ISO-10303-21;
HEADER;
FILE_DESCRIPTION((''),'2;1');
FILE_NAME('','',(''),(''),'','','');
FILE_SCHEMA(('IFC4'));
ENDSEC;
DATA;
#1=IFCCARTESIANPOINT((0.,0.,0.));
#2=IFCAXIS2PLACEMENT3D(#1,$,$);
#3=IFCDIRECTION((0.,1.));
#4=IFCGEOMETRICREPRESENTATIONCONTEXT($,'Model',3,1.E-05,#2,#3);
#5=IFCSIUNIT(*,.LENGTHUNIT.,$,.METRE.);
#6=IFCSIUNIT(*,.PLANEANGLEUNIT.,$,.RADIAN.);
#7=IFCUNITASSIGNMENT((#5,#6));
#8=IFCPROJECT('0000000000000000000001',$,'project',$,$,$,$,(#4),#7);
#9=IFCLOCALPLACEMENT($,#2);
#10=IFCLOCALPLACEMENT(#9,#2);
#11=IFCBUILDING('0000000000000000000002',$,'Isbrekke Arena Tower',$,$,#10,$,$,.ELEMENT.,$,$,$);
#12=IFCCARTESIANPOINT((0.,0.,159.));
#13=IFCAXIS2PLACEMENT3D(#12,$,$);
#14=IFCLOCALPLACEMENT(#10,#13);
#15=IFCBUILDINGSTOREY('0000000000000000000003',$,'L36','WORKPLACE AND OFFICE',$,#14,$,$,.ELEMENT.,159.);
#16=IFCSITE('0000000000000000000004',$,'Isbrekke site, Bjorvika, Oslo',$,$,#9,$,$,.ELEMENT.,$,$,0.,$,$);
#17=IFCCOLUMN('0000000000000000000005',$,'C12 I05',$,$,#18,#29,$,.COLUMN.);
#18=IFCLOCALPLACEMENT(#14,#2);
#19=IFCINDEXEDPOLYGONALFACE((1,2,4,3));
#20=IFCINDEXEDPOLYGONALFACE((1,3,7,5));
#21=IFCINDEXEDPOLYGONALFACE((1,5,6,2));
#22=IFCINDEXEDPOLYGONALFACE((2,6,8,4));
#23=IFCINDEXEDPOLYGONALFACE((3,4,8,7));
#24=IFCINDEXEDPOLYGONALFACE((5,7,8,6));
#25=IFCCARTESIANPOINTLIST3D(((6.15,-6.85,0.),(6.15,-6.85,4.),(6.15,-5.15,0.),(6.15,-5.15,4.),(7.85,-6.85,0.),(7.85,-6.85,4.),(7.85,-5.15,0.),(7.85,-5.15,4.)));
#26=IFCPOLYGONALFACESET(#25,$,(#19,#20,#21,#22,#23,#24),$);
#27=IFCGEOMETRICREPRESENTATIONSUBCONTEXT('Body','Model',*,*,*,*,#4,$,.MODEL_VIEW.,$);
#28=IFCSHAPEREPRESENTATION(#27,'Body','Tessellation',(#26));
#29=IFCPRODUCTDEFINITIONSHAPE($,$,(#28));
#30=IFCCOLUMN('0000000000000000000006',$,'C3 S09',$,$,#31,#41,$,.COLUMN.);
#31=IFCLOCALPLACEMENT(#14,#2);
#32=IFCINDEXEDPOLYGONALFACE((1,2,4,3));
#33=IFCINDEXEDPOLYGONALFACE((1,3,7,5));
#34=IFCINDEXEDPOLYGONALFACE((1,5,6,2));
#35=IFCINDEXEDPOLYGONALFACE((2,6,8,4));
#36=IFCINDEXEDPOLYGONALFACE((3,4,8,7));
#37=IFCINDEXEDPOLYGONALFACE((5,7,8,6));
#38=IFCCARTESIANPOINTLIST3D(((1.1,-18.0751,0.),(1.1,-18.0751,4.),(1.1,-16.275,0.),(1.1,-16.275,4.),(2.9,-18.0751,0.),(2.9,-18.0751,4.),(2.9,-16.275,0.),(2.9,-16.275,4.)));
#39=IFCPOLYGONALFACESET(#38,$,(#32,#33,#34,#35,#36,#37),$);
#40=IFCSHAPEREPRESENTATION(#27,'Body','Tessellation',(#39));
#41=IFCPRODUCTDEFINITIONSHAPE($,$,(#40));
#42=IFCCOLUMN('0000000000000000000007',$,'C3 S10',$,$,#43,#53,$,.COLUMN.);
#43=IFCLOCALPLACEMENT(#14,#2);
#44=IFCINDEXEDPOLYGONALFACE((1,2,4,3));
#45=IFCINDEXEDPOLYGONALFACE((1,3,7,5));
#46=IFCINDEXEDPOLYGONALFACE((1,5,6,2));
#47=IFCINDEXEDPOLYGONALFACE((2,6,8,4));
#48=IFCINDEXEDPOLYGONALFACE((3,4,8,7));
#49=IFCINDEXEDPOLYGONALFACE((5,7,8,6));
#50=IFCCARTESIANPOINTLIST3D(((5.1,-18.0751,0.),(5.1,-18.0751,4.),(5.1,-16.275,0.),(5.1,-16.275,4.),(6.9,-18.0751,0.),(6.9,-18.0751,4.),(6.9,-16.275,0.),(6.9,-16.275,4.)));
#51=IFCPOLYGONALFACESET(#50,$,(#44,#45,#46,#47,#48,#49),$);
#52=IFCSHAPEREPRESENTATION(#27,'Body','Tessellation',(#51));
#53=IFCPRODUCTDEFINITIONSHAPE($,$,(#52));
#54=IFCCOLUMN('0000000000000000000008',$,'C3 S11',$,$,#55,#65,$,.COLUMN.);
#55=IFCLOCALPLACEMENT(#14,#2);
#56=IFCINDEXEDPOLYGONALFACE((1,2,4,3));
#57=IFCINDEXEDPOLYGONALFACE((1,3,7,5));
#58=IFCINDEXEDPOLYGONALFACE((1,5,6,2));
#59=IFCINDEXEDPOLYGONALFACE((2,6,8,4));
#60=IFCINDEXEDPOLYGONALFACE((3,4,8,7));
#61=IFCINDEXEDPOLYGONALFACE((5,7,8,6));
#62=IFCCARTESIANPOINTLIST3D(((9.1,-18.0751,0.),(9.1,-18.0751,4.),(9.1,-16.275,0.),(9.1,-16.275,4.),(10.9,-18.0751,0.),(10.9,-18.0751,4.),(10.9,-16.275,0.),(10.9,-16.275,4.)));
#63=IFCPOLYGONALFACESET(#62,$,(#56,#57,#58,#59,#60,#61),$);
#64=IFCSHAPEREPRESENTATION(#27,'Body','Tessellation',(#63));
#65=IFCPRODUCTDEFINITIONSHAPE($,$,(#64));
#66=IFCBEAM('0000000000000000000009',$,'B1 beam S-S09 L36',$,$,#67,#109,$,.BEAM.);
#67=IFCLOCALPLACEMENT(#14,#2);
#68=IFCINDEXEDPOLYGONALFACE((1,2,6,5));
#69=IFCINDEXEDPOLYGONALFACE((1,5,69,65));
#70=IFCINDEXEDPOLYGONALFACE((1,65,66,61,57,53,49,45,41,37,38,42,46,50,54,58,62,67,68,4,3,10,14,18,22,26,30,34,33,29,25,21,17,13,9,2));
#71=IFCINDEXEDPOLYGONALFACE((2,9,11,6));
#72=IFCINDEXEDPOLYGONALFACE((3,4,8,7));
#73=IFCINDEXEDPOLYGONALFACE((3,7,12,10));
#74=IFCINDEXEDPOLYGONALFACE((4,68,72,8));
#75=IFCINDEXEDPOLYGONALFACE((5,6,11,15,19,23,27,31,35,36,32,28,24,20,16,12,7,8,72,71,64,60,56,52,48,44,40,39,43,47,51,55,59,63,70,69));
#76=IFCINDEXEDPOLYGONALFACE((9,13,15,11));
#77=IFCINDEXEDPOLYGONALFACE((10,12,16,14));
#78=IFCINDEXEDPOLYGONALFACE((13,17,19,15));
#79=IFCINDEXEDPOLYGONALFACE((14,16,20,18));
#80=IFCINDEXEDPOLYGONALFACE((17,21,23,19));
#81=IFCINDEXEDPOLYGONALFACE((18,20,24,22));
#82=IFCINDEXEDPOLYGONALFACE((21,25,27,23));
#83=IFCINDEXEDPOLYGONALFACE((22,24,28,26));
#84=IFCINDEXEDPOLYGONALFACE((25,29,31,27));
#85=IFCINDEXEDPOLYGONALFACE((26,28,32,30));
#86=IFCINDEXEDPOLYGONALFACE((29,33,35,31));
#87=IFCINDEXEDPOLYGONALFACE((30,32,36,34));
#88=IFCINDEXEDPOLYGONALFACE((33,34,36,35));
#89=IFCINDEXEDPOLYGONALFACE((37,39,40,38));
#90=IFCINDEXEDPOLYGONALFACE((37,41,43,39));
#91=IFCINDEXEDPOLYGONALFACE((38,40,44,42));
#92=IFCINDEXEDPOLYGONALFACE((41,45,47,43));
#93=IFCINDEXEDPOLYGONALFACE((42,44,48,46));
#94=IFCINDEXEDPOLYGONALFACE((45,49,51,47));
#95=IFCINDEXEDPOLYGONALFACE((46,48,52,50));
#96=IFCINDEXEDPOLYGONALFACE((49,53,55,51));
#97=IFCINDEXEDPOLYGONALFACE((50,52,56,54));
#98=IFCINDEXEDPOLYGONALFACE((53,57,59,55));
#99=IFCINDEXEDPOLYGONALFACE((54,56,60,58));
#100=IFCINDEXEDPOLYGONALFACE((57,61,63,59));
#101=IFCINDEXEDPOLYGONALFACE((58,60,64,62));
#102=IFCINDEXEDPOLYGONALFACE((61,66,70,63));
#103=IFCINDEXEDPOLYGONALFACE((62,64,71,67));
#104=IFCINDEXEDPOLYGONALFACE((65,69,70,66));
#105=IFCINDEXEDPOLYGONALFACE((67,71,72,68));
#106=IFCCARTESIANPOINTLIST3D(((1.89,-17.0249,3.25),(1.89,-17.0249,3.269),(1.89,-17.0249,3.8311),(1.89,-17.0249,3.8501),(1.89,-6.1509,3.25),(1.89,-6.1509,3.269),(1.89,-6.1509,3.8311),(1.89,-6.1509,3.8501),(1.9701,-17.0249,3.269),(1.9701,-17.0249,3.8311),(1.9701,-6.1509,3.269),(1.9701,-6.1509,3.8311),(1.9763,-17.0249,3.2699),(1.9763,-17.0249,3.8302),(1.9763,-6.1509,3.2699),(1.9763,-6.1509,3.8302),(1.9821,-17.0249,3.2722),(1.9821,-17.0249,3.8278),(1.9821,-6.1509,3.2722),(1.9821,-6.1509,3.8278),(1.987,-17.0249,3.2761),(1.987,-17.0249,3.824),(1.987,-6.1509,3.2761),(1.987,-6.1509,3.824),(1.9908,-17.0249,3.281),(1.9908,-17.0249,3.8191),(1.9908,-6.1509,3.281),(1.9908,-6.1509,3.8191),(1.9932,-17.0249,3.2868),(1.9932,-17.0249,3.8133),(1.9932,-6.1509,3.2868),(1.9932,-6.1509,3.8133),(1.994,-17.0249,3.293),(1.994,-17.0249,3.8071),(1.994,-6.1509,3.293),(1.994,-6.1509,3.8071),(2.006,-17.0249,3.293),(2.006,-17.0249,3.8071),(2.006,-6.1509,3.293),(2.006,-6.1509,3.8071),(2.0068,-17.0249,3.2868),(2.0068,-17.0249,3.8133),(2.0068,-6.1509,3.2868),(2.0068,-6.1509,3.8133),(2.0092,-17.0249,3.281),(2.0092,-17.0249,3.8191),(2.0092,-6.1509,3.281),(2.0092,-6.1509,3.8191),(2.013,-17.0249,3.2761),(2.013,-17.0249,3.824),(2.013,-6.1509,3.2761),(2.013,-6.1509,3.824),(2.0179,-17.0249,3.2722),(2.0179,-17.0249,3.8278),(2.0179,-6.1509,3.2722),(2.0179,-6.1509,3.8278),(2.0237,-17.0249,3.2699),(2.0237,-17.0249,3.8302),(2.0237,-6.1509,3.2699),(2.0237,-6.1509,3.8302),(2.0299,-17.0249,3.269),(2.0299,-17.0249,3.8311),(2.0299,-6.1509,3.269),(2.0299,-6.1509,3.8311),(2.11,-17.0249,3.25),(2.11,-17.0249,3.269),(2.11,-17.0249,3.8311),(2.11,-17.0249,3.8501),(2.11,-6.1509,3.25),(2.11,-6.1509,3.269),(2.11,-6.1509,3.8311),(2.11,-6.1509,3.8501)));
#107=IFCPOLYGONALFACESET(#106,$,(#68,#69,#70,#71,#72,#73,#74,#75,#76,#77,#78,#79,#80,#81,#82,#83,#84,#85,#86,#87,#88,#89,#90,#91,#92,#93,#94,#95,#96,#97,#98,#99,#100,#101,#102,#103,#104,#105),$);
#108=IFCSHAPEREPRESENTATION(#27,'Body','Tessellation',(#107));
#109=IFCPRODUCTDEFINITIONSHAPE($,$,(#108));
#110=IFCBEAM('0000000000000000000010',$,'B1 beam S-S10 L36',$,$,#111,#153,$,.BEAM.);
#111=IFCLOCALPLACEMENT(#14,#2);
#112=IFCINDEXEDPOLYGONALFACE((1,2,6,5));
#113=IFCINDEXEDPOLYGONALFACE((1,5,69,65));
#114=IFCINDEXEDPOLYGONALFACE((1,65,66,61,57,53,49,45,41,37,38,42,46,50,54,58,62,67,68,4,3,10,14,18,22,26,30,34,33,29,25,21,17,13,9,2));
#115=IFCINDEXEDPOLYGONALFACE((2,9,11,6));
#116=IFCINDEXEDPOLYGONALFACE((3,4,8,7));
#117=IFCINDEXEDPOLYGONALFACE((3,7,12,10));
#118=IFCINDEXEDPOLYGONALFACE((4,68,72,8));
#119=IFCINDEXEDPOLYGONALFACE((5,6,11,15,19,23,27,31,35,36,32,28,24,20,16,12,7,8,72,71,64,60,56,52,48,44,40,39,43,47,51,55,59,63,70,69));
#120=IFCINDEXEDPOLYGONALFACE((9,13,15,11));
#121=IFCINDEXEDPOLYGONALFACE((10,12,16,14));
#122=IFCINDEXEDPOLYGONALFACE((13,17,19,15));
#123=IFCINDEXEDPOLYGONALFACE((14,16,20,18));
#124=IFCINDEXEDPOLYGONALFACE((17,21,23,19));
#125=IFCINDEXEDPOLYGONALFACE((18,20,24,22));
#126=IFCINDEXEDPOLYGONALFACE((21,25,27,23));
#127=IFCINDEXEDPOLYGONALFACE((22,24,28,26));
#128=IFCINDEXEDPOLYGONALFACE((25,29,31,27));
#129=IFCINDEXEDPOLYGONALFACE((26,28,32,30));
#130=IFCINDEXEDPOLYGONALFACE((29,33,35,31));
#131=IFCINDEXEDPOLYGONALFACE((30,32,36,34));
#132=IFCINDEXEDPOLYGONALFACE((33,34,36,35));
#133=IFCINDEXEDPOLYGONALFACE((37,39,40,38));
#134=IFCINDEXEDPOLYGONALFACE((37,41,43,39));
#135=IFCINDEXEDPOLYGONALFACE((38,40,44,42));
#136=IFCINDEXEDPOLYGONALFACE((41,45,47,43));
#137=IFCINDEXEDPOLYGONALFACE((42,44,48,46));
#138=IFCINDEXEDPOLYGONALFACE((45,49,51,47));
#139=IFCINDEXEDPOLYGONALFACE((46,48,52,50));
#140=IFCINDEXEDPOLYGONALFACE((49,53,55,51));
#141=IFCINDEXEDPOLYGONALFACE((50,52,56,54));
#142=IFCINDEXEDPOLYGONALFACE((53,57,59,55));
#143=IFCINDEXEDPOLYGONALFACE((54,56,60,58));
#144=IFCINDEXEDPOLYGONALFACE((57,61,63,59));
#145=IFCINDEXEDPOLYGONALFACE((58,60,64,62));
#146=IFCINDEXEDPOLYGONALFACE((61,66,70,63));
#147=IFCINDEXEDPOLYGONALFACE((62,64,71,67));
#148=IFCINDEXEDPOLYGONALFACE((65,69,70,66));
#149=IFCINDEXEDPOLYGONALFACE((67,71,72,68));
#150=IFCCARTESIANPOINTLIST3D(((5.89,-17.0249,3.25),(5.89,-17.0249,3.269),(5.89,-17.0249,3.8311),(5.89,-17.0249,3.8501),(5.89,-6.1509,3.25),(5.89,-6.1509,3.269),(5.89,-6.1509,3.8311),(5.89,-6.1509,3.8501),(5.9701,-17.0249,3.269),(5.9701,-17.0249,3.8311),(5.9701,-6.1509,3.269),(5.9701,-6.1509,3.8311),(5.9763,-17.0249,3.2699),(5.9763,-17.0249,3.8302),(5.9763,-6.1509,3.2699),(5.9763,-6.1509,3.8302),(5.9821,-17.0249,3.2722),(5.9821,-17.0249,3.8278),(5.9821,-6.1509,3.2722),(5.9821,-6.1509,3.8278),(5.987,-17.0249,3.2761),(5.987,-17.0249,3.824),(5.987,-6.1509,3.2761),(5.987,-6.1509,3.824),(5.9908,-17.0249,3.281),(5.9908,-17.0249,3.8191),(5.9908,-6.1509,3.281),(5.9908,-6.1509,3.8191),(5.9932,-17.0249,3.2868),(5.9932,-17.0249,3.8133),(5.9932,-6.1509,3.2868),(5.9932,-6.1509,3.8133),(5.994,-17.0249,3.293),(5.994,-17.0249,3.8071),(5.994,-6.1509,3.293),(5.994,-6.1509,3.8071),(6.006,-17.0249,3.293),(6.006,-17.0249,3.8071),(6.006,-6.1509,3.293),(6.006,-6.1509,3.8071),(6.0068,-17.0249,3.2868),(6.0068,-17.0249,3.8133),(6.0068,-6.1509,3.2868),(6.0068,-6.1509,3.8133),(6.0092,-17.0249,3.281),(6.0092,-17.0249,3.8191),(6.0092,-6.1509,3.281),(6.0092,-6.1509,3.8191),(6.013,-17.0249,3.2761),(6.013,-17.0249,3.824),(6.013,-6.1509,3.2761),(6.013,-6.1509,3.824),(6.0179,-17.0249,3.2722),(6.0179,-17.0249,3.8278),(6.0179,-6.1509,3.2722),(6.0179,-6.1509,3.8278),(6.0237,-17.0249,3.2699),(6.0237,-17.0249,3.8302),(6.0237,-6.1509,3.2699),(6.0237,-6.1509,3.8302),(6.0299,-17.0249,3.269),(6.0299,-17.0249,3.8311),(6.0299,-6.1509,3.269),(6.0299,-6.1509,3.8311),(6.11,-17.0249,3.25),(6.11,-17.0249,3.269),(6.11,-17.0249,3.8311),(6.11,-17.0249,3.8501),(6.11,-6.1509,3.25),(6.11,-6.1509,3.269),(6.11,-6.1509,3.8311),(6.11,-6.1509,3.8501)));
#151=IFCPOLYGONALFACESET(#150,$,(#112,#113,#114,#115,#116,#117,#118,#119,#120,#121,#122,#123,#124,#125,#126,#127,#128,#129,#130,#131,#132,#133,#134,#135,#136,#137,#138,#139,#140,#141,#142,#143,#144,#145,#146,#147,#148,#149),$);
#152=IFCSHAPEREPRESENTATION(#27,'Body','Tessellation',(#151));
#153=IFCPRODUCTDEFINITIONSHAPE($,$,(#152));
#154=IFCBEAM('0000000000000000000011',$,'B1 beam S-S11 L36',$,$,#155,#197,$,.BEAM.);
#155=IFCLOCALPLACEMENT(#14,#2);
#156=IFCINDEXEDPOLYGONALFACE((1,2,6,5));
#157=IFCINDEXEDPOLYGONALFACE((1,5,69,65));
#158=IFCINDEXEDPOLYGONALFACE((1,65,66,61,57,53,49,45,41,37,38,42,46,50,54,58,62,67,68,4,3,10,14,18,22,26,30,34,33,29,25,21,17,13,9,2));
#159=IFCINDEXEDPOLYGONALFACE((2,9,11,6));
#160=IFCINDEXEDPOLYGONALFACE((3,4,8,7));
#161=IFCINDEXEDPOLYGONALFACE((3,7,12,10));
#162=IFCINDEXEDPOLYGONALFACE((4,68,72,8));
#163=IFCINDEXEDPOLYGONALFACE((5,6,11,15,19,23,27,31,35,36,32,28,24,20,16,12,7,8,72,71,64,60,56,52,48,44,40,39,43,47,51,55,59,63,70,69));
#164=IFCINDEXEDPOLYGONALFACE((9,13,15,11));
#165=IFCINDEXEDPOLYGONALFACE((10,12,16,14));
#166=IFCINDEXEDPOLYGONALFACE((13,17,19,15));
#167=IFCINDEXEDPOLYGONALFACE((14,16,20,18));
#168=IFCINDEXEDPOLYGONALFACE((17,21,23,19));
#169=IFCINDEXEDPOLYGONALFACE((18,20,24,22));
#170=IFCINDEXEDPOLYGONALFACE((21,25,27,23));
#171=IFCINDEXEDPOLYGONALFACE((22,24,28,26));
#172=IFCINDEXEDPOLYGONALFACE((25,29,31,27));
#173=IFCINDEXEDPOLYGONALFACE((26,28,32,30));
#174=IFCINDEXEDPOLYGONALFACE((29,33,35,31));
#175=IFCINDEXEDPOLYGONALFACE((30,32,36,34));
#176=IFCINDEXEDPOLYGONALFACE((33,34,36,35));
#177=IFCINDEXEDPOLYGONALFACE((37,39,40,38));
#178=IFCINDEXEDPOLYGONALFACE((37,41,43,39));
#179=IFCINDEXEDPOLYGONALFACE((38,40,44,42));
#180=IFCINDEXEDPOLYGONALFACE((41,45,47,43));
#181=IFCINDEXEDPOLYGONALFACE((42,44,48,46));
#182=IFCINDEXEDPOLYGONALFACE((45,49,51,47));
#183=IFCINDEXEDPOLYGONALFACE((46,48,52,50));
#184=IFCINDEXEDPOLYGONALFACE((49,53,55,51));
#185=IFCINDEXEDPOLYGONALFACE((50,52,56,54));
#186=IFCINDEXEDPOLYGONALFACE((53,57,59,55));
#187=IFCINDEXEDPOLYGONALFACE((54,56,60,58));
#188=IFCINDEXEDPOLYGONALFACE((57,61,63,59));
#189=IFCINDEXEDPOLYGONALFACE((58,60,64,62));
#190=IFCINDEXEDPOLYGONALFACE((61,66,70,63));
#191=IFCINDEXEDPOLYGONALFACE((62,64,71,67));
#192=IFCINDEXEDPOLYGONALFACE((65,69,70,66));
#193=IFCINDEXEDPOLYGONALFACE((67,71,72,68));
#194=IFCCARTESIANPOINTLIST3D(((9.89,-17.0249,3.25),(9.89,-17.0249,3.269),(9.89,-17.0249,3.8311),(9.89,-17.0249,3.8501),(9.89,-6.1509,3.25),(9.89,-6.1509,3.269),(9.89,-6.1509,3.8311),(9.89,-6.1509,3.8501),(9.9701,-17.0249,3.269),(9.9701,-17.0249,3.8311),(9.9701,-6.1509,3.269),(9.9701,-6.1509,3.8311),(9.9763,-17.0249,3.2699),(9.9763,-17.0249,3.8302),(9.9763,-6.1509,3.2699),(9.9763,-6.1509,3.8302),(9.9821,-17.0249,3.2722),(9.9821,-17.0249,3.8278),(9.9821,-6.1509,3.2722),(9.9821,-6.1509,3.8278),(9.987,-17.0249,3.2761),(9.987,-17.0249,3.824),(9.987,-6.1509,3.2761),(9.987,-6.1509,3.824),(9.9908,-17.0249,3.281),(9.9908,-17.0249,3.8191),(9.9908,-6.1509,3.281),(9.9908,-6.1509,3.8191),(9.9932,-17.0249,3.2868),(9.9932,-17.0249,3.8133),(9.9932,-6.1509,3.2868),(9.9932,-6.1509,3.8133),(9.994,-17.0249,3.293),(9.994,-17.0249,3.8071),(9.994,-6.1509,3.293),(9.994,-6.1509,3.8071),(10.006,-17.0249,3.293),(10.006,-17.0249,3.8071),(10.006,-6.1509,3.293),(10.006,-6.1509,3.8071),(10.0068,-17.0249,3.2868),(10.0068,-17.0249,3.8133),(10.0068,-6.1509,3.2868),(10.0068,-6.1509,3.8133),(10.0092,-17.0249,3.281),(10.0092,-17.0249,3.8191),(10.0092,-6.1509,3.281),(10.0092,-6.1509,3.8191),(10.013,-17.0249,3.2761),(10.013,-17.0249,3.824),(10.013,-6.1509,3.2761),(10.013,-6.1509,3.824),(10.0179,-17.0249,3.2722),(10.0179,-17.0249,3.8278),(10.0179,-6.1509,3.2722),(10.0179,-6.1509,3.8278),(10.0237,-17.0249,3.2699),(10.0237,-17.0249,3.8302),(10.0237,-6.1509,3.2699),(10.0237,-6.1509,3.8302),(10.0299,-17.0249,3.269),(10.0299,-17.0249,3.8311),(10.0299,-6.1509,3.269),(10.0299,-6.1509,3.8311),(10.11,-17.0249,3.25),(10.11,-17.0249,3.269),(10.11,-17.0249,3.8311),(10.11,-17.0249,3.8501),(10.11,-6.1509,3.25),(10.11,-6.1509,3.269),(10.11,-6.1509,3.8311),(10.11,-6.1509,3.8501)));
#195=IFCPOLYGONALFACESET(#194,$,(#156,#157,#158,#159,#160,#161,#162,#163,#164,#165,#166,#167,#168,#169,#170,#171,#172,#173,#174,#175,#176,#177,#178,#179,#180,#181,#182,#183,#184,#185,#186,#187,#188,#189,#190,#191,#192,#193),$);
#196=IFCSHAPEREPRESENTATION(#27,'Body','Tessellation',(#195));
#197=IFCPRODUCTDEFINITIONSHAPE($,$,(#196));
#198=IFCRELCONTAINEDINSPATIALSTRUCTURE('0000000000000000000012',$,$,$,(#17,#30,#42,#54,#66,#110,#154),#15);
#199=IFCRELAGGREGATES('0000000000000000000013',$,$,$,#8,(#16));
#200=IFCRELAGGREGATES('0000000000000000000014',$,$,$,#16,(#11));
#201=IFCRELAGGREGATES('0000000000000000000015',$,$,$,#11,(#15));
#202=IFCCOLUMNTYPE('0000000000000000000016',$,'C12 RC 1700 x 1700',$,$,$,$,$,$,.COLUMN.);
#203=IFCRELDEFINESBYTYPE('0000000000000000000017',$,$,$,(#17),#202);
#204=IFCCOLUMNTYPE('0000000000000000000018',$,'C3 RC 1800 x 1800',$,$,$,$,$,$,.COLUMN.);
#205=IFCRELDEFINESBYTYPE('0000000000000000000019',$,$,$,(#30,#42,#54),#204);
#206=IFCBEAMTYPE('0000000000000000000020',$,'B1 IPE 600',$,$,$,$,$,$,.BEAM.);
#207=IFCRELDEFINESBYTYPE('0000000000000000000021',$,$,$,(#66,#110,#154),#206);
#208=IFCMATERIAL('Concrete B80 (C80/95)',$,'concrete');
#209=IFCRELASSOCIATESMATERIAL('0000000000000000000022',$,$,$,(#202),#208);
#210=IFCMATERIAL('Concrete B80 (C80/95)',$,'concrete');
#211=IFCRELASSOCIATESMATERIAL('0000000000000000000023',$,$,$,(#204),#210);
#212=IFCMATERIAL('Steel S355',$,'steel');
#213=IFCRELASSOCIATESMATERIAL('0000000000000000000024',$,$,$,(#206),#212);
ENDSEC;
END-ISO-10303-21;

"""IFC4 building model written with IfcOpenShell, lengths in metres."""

from ifc_helpers import new_model, si_unit, direction, frame, origin, origin_2d, place, context, subcontext, project, spatial, rectangle, i_section, extrude, material, material_profile, profile_set, type_object, element, save


model = new_model("IFC4")

# Units and contexts
model_context = context("Model", 3, precision=1e-05, world=origin(), true_north=direction((0.0, 1.0)))
body_context = subcontext(model_context, "Body", "Model", "MODEL_VIEW")
ifc_project = project(units=[si_unit("LENGTHUNIT", "METRE"), si_unit("PLANEANGLEUNIT", "RADIAN")], contexts=[model_context])

# Site, building, storey
site_placement = place(None, origin())
site = spatial("IfcSite", under=ifc_project, at=site_placement, Name="Isbrekke site, Bjorvika, Oslo", CompositionType="ELEMENT", RefElevation=0.0)
building_placement = place(site_placement, origin())
building = spatial("IfcBuilding", under=site, at=building_placement, Name="Isbrekke Arena Tower", CompositionType="ELEMENT")
storey_placement = place(building_placement, frame((0.0, 0.0, 159.0)))
storey = spatial("IfcBuildingStorey", under=building, at=storey_placement, Name="L36", Description="WORKPLACE AND OFFICE", CompositionType="ELEMENT", Elevation=159.0)

# Columns
ifc_material_1 = material(Name="Concrete B80 (C80/95)", Category="concrete")
ifc_material_profile_1 = material_profile(ifc_material_1, rectangle(XDim=1.7, YDim=1.7, at=origin_2d()), Name="RC 1700x1700")
ifc_profile_set_1 = profile_set([ifc_material_profile_1], Name="Concrete B80 (C80/95)")
column_type_1 = type_object("IfcColumnType", Name="C12 RC 1700 x 1700", PredefinedType="COLUMN", material=ifc_profile_set_1)
column_placement = place(storey_placement, frame((7.0, -6.0, 0.0), z_axis=(0.0, 0.0, 1.0), x_axis=(1.0, 0.0, 0.0)))
element("IfcColumn", 1, at=column_placement, inside=storey, type_object=column_type_1, Name="C12 I05", PredefinedType="COLUMN", context=body_context, shape_type="SweptSolid", body=[
    extrude(rectangle(XDim=1.7, YDim=1.7, at=origin_2d()), origin(), (0.0, 0.0, 1.0), 4.0),
])
ifc_material_2 = material(Name="Concrete B80 (C80/95)", Category="concrete")
ifc_material_profile_2 = material_profile(ifc_material_2, rectangle(XDim=1.8, YDim=1.8, at=origin_2d()), Name="RC 1800x1800")
ifc_profile_set_2 = profile_set([ifc_material_profile_2], Name="Concrete B80 (C80/95)")
column_type_2 = type_object("IfcColumnType", Name="C3 RC 1800 x 1800", PredefinedType="COLUMN", material=ifc_profile_set_2)
for number, where, z_axis, x_axis, name in (
    (2, (2.0, -17.175, 0.0), (0.0, 0.0, 1.0), (1.0, 0.0, 0.0), "C3 S09"),
    (3, (6.0, -17.175, 0.0), (0.0, 0.0, 1.0), (1.0, 0.0, 0.0), "C3 S10"),
    (4, (10.0, -17.175, 0.0), (0.0, 0.0, 1.0), (1.0, 0.0, 0.0), "C3 S11"),
):
    element("IfcColumn", number, at=place(storey_placement, frame(where, z_axis=z_axis, x_axis=x_axis)), inside=storey, type_object=column_type_2, Name=name, PredefinedType="COLUMN", context=body_context, shape_type="SweptSolid", body=[
        extrude(rectangle(XDim=1.8, YDim=1.8, at=origin_2d()), origin(), (0.0, 0.0, 1.0), 4.0),
    ])

# Beams
ifc_material_3 = material(Name="Steel S355", Category="steel")
ifc_material_profile_3 = material_profile(ifc_material_3, i_section(OverallWidth=0.22, OverallDepth=0.6001, WebThickness=0.012, FlangeThickness=0.019, FilletRadius=0.0239, at=origin_2d()), Name="IPE 600")
ifc_profile_set_3 = profile_set([ifc_material_profile_3], Name="Steel S355")
beam_type_1 = type_object("IfcBeamType", Name="B1 IPE 600", PredefinedType="BEAM", material=ifc_profile_set_3)
for number, where, z_axis, x_axis, name in (
    (5, (2.0, -17.0249, 3.55), (0.0, 1.0, 0.0), (-1.0, 0.0, 0.0), "B1 beam S-S09 L36"),
    (6, (6.0, -17.0249, 3.55), (0.0, 1.0, 0.0), (-1.0, 0.0, 0.0), "B1 beam S-S10 L36"),
    (7, (10.0, -17.0249, 3.55), (0.0, 1.0, 0.0), (-1.0, 0.0, 0.0), "B1 beam S-S11 L36"),
):
    element("IfcBeam", number, at=place(storey_placement, frame(where, z_axis=z_axis, x_axis=x_axis)), inside=storey, type_object=beam_type_1, Name=name, PredefinedType="BEAM", context=body_context, shape_type="SweptSolid", body=[
        extrude(i_section(OverallWidth=0.22, OverallDepth=0.6001, WebThickness=0.012, FlangeThickness=0.019, FilletRadius=0.0239, at=origin_2d()), origin(), (0.0, 0.0, 1.0), 10.874),
    ])

save(model, "model.ifc")
